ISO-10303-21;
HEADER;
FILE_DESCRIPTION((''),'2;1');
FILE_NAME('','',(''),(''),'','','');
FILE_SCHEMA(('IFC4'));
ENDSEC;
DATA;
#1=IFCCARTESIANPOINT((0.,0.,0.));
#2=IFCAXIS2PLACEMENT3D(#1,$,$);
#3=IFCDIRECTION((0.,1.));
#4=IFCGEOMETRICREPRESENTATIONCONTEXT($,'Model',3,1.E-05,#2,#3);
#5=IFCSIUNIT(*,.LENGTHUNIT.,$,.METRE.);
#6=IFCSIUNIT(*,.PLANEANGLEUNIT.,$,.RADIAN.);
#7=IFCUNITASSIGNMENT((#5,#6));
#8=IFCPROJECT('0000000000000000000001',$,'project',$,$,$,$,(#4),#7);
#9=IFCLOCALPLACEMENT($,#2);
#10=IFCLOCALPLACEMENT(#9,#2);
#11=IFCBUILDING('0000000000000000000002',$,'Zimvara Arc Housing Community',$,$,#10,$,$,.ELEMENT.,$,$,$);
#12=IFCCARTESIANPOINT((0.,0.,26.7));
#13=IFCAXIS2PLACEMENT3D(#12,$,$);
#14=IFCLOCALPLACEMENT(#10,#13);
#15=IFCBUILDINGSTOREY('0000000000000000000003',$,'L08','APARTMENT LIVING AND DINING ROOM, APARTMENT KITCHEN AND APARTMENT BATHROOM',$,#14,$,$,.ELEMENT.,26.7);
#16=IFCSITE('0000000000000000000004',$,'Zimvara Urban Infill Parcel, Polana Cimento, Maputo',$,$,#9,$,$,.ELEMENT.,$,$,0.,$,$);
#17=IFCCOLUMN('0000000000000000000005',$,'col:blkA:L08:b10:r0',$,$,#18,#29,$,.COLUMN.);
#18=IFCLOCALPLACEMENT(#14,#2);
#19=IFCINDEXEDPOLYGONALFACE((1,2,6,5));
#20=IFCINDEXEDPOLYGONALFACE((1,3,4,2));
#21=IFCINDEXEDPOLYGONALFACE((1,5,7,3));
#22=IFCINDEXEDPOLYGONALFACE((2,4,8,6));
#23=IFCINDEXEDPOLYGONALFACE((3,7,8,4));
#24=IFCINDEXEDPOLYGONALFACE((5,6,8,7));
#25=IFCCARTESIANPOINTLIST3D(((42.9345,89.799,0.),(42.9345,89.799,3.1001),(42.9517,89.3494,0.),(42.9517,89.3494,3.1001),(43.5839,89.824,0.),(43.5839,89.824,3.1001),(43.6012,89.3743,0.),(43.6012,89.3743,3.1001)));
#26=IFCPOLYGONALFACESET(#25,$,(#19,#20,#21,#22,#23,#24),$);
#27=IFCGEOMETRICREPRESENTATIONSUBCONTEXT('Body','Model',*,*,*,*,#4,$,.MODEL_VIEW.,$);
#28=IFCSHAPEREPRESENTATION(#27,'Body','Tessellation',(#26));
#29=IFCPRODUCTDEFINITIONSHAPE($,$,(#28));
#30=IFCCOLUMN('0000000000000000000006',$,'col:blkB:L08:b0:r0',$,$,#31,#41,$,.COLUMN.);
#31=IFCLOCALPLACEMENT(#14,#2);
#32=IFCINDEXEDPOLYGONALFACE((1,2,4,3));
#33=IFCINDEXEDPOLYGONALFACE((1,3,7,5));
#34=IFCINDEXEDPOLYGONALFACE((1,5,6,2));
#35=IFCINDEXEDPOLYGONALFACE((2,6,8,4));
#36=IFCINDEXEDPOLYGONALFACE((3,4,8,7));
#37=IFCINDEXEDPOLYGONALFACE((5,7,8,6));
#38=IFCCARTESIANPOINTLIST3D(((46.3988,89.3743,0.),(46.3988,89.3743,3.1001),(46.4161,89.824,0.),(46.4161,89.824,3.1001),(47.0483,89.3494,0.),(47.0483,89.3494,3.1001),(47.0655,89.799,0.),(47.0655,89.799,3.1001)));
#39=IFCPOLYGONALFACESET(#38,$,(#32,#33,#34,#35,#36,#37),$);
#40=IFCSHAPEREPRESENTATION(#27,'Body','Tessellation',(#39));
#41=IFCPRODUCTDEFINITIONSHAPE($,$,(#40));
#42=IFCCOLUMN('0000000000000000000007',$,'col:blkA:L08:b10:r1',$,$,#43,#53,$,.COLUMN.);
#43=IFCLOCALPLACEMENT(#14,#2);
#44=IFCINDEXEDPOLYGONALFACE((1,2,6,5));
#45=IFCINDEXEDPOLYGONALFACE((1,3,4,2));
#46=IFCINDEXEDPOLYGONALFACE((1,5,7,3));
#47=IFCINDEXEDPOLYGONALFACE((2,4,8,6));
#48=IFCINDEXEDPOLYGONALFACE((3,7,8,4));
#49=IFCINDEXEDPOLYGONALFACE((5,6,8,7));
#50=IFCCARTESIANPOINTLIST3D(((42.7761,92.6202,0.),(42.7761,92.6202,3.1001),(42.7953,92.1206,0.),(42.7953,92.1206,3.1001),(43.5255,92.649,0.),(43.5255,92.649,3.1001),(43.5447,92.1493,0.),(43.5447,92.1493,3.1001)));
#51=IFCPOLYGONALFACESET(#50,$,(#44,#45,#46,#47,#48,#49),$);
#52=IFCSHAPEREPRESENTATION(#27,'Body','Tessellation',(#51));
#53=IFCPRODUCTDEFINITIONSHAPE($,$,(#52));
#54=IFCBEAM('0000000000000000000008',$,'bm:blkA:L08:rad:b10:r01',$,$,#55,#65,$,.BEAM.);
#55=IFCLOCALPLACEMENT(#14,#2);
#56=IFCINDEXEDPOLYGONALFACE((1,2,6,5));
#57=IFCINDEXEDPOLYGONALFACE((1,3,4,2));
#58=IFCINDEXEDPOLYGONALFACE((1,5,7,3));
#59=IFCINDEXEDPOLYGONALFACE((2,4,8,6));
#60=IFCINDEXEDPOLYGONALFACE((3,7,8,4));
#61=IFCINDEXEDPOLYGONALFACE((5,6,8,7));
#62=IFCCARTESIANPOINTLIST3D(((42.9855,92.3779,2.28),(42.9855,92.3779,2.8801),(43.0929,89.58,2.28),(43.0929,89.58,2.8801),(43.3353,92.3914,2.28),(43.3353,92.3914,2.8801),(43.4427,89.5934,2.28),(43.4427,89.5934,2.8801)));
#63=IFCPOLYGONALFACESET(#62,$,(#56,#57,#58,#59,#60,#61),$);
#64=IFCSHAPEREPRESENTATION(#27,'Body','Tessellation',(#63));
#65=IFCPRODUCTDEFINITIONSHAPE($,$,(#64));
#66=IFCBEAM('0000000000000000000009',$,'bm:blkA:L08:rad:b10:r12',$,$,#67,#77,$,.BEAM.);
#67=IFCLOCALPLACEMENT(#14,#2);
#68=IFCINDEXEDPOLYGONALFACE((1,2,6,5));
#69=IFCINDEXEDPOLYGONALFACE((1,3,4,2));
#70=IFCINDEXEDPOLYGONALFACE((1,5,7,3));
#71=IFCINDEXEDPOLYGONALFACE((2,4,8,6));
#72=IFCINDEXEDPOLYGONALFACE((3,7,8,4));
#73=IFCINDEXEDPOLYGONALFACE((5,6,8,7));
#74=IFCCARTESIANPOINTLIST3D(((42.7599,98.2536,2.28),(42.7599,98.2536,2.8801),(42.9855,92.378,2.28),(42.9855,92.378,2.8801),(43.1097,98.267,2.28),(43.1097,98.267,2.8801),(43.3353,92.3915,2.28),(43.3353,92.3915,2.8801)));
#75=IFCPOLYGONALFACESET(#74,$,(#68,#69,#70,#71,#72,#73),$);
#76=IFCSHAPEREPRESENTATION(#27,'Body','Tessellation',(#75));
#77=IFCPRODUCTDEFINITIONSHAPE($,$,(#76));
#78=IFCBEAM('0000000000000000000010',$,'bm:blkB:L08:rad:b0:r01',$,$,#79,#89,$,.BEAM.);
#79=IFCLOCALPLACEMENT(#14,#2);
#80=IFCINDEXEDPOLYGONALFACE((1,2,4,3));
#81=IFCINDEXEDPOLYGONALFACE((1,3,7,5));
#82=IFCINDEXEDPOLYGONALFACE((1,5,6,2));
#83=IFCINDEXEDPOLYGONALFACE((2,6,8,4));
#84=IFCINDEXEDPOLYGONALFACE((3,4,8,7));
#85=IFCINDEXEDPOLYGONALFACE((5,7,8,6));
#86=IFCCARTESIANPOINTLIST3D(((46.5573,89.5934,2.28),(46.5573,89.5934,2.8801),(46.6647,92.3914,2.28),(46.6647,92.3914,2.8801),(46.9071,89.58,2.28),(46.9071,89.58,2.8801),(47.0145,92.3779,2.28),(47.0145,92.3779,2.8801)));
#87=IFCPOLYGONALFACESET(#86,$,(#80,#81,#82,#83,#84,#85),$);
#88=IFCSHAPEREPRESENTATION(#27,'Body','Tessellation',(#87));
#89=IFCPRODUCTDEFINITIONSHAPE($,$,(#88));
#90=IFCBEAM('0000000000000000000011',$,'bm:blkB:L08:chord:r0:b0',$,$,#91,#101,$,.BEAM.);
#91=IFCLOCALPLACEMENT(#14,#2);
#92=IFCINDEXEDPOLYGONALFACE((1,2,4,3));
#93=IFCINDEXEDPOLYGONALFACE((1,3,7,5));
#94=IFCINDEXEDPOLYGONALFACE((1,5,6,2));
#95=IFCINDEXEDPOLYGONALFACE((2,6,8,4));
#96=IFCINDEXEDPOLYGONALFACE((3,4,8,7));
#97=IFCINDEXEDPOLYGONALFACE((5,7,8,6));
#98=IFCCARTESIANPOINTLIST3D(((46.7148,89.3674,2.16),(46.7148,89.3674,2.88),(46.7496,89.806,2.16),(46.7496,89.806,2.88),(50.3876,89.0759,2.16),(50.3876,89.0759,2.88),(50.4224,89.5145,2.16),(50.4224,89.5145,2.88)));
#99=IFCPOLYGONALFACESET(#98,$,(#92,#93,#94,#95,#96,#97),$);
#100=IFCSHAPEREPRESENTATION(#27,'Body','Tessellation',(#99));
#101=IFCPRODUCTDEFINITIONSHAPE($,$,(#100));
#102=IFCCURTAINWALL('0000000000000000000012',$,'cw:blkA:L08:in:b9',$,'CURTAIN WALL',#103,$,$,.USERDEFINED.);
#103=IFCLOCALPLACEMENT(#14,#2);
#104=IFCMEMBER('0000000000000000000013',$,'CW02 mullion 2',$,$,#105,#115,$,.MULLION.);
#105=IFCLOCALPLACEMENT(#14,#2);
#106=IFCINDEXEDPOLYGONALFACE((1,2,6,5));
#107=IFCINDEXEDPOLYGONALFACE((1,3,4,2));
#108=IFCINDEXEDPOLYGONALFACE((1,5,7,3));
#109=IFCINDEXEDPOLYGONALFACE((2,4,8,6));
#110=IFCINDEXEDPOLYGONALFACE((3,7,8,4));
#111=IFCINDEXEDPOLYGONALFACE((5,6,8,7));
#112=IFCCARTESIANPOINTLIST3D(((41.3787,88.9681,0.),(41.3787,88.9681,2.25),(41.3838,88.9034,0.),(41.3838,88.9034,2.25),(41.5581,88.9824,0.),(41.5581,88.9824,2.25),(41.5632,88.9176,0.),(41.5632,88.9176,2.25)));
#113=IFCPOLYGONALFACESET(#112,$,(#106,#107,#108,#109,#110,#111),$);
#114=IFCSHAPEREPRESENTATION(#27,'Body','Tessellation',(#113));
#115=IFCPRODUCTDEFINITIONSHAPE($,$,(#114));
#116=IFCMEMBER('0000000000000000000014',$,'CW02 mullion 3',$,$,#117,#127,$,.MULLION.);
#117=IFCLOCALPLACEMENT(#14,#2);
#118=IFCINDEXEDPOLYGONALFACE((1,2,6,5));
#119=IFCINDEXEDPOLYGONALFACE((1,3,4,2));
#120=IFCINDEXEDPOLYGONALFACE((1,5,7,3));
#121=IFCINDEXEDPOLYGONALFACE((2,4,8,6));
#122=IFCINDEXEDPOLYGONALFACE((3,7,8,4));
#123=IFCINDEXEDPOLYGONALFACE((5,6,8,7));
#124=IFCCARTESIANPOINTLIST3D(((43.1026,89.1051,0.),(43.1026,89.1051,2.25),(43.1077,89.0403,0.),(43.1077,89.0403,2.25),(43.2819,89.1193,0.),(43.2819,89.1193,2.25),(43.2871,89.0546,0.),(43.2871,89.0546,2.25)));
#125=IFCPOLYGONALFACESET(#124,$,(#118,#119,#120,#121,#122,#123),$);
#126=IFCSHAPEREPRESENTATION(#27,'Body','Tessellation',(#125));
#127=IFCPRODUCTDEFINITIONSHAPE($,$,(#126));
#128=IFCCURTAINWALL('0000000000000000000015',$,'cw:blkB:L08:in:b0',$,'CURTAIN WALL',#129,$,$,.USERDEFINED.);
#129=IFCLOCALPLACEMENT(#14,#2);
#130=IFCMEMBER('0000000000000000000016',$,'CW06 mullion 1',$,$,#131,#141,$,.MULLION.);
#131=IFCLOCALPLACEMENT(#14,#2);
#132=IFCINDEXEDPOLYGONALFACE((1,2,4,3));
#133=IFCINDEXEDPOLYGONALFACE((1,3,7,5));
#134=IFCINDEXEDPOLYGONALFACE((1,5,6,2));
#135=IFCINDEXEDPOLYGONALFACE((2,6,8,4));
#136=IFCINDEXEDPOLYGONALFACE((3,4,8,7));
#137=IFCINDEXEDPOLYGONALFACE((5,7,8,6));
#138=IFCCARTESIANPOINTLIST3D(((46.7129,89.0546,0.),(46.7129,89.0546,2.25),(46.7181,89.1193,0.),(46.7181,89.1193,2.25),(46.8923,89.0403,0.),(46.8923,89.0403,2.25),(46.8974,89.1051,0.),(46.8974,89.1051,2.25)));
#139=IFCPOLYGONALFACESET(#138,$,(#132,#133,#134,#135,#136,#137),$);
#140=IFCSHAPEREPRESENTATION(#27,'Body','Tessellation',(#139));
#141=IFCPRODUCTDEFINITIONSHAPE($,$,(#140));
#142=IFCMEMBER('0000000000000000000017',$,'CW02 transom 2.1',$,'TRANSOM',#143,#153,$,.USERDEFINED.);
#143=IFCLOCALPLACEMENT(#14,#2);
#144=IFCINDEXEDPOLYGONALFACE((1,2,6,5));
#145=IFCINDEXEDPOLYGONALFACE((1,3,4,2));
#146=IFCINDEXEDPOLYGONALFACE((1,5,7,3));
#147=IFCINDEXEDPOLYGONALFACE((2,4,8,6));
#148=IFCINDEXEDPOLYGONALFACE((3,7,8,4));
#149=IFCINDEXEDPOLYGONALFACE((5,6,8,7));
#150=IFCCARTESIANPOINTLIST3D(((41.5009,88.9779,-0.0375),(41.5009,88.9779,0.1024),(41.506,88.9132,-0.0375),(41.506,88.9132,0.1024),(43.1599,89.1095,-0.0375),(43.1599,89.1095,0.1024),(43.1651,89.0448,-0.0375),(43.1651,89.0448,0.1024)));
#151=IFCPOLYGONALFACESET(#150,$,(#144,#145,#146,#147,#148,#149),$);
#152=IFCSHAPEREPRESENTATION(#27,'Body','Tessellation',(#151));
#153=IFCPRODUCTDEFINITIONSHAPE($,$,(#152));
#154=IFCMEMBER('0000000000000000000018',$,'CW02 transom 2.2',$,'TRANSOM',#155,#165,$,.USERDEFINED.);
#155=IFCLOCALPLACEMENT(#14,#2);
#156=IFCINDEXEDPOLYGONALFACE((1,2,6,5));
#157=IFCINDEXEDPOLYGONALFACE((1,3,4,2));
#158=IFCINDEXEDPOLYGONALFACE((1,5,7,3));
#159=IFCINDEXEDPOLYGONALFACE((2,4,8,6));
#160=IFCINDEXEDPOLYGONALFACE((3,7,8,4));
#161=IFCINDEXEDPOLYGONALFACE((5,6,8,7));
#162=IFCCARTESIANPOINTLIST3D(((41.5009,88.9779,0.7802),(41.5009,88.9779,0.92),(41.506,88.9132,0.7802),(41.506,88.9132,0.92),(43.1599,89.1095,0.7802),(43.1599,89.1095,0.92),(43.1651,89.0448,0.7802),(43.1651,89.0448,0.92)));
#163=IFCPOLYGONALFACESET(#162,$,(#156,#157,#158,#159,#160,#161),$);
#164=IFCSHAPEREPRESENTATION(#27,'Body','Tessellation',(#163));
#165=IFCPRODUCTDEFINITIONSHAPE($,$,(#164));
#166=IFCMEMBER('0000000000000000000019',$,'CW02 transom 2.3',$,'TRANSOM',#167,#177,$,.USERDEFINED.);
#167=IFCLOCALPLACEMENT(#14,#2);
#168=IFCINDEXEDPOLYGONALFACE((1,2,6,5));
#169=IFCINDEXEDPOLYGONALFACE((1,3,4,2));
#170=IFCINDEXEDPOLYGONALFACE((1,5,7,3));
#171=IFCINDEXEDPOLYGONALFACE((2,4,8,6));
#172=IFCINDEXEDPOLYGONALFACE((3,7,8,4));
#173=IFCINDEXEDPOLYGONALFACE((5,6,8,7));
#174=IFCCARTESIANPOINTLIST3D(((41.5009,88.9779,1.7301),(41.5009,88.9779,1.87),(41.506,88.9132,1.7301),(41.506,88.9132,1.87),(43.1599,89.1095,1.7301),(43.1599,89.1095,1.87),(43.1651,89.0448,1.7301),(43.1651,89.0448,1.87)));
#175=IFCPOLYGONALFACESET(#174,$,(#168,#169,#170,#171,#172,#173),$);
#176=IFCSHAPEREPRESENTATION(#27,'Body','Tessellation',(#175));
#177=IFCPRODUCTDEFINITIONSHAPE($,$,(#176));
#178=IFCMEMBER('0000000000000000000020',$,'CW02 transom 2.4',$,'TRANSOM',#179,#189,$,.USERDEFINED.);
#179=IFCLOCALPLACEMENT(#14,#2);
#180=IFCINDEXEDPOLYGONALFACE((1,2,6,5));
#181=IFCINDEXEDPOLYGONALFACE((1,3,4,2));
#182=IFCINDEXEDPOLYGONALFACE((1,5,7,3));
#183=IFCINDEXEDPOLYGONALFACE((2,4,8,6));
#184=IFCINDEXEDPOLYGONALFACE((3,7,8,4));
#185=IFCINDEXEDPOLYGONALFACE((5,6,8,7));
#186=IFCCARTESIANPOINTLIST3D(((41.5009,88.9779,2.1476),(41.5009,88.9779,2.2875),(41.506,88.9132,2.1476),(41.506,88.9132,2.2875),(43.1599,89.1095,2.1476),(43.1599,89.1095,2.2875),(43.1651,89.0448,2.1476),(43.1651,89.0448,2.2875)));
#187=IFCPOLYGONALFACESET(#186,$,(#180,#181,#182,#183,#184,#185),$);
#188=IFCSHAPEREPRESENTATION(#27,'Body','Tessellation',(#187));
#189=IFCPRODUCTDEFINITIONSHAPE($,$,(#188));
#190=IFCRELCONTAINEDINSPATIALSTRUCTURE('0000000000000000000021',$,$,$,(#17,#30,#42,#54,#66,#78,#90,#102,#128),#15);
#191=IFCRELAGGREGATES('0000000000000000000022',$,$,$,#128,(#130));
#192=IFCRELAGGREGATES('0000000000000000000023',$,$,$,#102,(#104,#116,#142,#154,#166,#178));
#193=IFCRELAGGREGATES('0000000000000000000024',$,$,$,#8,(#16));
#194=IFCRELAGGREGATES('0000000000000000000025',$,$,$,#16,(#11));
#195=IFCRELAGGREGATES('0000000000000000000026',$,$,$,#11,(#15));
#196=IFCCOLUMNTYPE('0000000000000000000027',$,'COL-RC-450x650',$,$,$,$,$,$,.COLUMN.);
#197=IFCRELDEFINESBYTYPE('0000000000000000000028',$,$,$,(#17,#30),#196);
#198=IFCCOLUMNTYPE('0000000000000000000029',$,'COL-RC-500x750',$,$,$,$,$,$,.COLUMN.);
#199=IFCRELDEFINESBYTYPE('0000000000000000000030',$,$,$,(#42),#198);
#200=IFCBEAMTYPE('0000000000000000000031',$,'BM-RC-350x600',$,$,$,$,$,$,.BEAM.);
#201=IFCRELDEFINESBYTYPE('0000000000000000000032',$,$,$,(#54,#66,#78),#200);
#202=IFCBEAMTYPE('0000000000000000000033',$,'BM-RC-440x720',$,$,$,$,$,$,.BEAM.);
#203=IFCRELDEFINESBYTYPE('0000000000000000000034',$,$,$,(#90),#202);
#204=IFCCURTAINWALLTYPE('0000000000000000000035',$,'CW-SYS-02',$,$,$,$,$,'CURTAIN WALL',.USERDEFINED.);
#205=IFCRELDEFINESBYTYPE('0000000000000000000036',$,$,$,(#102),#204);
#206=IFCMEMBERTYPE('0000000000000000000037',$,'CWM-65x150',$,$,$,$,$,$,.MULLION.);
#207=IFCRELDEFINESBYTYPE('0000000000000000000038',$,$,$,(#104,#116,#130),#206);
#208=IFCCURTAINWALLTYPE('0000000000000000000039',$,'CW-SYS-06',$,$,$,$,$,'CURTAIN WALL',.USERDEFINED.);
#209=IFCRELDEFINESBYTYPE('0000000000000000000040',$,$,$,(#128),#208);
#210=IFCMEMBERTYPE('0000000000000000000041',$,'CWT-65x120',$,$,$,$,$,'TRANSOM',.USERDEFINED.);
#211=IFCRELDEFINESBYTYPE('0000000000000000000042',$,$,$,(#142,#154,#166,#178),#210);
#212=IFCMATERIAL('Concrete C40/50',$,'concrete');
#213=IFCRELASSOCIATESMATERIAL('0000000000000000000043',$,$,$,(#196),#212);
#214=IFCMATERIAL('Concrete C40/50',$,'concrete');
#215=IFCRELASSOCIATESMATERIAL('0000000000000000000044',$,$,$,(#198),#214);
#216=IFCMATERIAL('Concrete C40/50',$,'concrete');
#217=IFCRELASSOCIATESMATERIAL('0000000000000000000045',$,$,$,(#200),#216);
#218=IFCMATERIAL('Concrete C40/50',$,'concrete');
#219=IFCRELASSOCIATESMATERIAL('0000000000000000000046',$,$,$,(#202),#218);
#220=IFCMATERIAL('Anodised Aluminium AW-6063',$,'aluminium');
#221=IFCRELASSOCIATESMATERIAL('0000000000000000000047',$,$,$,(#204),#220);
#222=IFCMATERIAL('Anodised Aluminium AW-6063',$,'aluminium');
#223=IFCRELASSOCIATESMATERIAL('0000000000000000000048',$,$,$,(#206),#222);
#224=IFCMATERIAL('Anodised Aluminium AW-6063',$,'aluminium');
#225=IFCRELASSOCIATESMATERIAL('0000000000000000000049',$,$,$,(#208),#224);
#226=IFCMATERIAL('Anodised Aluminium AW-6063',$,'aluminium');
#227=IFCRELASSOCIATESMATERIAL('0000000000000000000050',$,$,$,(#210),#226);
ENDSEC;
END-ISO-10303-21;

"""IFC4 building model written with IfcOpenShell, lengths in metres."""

from ifc_helpers import new_model, si_unit, direction, frame, origin, origin_2d, place, context, subcontext, project, spatial, rectangle, extrude, material, material_profile, profile_set, type_object, element, aggregate, save


model = new_model("IFC4")

# Units and contexts
model_context = context("Model", 3, precision=1e-05, world=origin(), true_north=direction((0.0, 1.0)))
body_context = subcontext(model_context, "Body", "Model", "MODEL_VIEW")
ifc_project = project(units=[si_unit("LENGTHUNIT", "METRE"), si_unit("PLANEANGLEUNIT", "RADIAN")], contexts=[model_context])

# Site, building, storey
site_placement = place(None, origin())
site = spatial("IfcSite", under=ifc_project, at=site_placement, Name="Zimvara Urban Infill Parcel, Polana Cimento, Maputo", CompositionType="ELEMENT", RefElevation=0.0)
building_placement = place(site_placement, origin())
building = spatial("IfcBuilding", under=site, at=building_placement, Name="Zimvara Arc Housing Community", CompositionType="ELEMENT")
storey_placement = place(building_placement, frame((0.0, 0.0, 26.7)))
storey = spatial("IfcBuildingStorey", under=building, at=storey_placement, Name="L08", Description="APARTMENT LIVING AND DINING ROOM, APARTMENT KITCHEN AND APARTMENT BATHROOM", CompositionType="ELEMENT", Elevation=26.7)

# Columns
ifc_material_1 = material(Name="Concrete C40/50", Category="concrete")
ifc_material_profile_1 = material_profile(ifc_material_1, rectangle(XDim=0.45, YDim=0.6499, at=origin_2d()), Name="RC 450x650")
ifc_profile_set_1 = profile_set([ifc_material_profile_1], Name="Concrete C40/50")
column_type_1 = type_object("IfcColumnType", Name="COL-RC-450x650", PredefinedType="COLUMN", material=ifc_profile_set_1)
for number, where, z_axis, x_axis, name in (
    (1, (43.2678, 89.5867, 0.0), (0.0, 0.0, 1.0), (-0.038388, 0.999263, 0.0), "col:blkA:L08:b10:r0"),
    (2, (46.7322, 89.5867, 0.0), (0.0, 0.0, 1.0), (0.038388, 0.999263, 0.0), "col:blkB:L08:b0:r0"),
):
    element("IfcColumn", number, at=place(storey_placement, frame(where, z_axis=z_axis, x_axis=x_axis)), inside=storey, type_object=column_type_1, Name=name, PredefinedType="COLUMN", context=body_context, shape_type="SweptSolid", body=[
        extrude(rectangle(XDim=0.45, YDim=0.6499, at=origin_2d()), origin(), (0.0, 0.0, 1.0), 3.1001),
    ])
ifc_material_2 = material(Name="Concrete C40/50", Category="concrete")
ifc_material_profile_2 = material_profile(ifc_material_2, rectangle(XDim=0.5, YDim=0.75, at=origin_2d()), Name="RC 500x750")
ifc_profile_set_2 = profile_set([ifc_material_profile_2], Name="Concrete C40/50")
column_type_2 = type_object("IfcColumnType", Name="COL-RC-500x750", PredefinedType="COLUMN", material=ifc_profile_set_2)
column_placement = place(storey_placement, frame((43.1604, 92.3848, 0.0), z_axis=(0.0, 0.0, 1.0), x_axis=(-0.038388, 0.999263, 0.0)))
element("IfcColumn", 3, at=column_placement, inside=storey, type_object=column_type_2, Name="col:blkA:L08:b10:r1", PredefinedType="COLUMN", context=body_context, shape_type="SweptSolid", body=[
    extrude(rectangle(XDim=0.5, YDim=0.75, at=origin_2d()), origin(), (0.0, 0.0, 1.0), 3.1001),
])

# Beams
ifc_material_3 = material(Name="Concrete C40/50", Category="concrete")
ifc_material_profile_3 = material_profile(ifc_material_3, rectangle(XDim=0.3501, YDim=0.6001, at=origin_2d()), Name="RC 350x600")
ifc_profile_set_3 = profile_set([ifc_material_profile_3], Name="Concrete C40/50")
beam_type_1 = type_object("IfcBeamType", Name="BM-RC-350x600", PredefinedType="BEAM", material=ifc_profile_set_3)
beam_1_placement = place(storey_placement, frame((43.2678, 89.5867, 2.5801), z_axis=(-0.038363, 0.999264, 0.0), x_axis=(-0.999264, -0.038363, 0.0)))
element("IfcBeam", 4, at=beam_1_placement, inside=storey, type_object=beam_type_1, Name="bm:blkA:L08:rad:b10:r01", PredefinedType="BEAM", context=body_context, shape_type="SweptSolid", body=[
    extrude(rectangle(XDim=0.3501, YDim=0.6001, at=origin_2d()), origin(), (0.0, 0.0, 1.0), 2.8),
])
beam_2_placement = place(storey_placement, frame((43.1604, 92.3848, 2.5801), z_axis=(-0.038366, 0.999264, 0.0), x_axis=(-0.999264, -0.038366, 0.0)))
element("IfcBeam", 5, at=beam_2_placement, inside=storey, type_object=beam_type_1, Name="bm:blkA:L08:rad:b10:r12", PredefinedType="BEAM", context=body_context, shape_type="SweptSolid", body=[
    extrude(rectangle(XDim=0.3501, YDim=0.6001, at=origin_2d()), origin(), (0.0, 0.0, 1.0), 5.8799),
])
beam_3_placement = place(storey_placement, frame((46.7322, 89.5867, 2.5801), z_axis=(0.038363, 0.999264, 0.0), x_axis=(-0.999264, 0.038363, 0.0)))
element("IfcBeam", 6, at=beam_3_placement, inside=storey, type_object=beam_type_1, Name="bm:blkB:L08:rad:b0:r01", PredefinedType="BEAM", context=body_context, shape_type="SweptSolid", body=[
    extrude(rectangle(XDim=0.3501, YDim=0.6001, at=origin_2d()), origin(), (0.0, 0.0, 1.0), 2.8),
])
ifc_material_4 = material(Name="Concrete C40/50", Category="concrete")
ifc_material_profile_4 = material_profile(ifc_material_4, rectangle(XDim=0.4399, YDim=0.72, at=origin_2d()), Name="RC 440x720")
ifc_profile_set_4 = profile_set([ifc_material_profile_4], Name="Concrete C40/50")
beam_type_2 = type_object("IfcBeamType", Name="BM-RC-440x720", PredefinedType="BEAM", material=ifc_profile_set_4)
beam_4_placement = place(storey_placement, frame((46.7322, 89.5867, 2.52), z_axis=(0.996865, -0.079118, 0.0), x_axis=(0.079118, 0.996865, 0.0)))
element("IfcBeam", 7, at=beam_4_placement, inside=storey, type_object=beam_type_2, Name="bm:blkB:L08:chord:r0:b0", PredefinedType="BEAM", context=body_context, shape_type="SweptSolid", body=[
    extrude(rectangle(XDim=0.4399, YDim=0.72, at=origin_2d()), origin(), (0.0, 0.0, 1.0), 3.6843),
])

# Curtain wall, members
ifc_material_5 = material(Name="Anodised Aluminium AW-6063", Category="aluminium")
curtain_wall_type_1 = type_object("IfcCurtainWallType", Name="CW-SYS-02", ElementType="CURTAIN WALL", PredefinedType="USERDEFINED", material=ifc_material_5)
curtain_wall_1_placement = place(storey_placement, origin())
curtain_wall_1 = element("IfcCurtainWall", 8, at=curtain_wall_1_placement, inside=storey, type_object=curtain_wall_type_1, Name="cw:blkA:L08:in:b9", ObjectType="CURTAIN WALL", PredefinedType="USERDEFINED")
ifc_material_6 = material(Name="Anodised Aluminium AW-6063", Category="aluminium")
ifc_material_profile_5 = material_profile(ifc_material_6, rectangle(XDim=0.0649, YDim=0.1799, at=origin_2d()), Name="ALU 65x180")
ifc_profile_set_5 = profile_set([ifc_material_profile_5], Name="Anodised Aluminium AW-6063")
member_type_1 = type_object("IfcMemberType", Name="CWM-65x150", PredefinedType="MULLION", material=ifc_profile_set_5)
member_1_placement = place(storey_placement, frame((41.4709, 88.9429, 0.0), z_axis=(0.0, 0.0, 1.0), x_axis=(-0.079155, 0.996862, 0.0)))
member_1 = element("IfcMember", 9, at=member_1_placement, type_object=member_type_1, Name="CW02 mullion 2", PredefinedType="MULLION", context=body_context, shape_type="SweptSolid", body=[
    extrude(rectangle(XDim=0.0649, YDim=0.1799, at=origin_2d()), origin(), (0.0, 0.0, 1.0), 2.25),
])
member_2_placement = place(storey_placement, frame((43.1948, 89.0798, 0.0), z_axis=(0.0, 0.0, 1.0), x_axis=(-0.079155, 0.996862, 0.0)))
member_2 = element("IfcMember", 10, at=member_2_placement, type_object=member_type_1, Name="CW02 mullion 3", PredefinedType="MULLION", context=body_context, shape_type="SweptSolid", body=[
    extrude(rectangle(XDim=0.0649, YDim=0.1799, at=origin_2d()), origin(), (0.0, 0.0, 1.0), 2.25),
])

# Curtain wall, member
ifc_material_7 = material(Name="Anodised Aluminium AW-6063", Category="aluminium")
curtain_wall_type_2 = type_object("IfcCurtainWallType", Name="CW-SYS-06", ElementType="CURTAIN WALL", PredefinedType="USERDEFINED", material=ifc_material_7)
curtain_wall_2_placement = place(storey_placement, origin())
curtain_wall_2 = element("IfcCurtainWall", 11, at=curtain_wall_2_placement, inside=storey, type_object=curtain_wall_type_2, Name="cw:blkB:L08:in:b0", ObjectType="CURTAIN WALL", PredefinedType="USERDEFINED")
member_3_placement = place(storey_placement, frame((46.8052, 89.0798, 0.0), z_axis=(0.0, 0.0, 1.0), x_axis=(0.079155, 0.996862, 0.0)))
member_3 = element("IfcMember", 12, at=member_3_placement, type_object=member_type_1, Name="CW06 mullion 1", PredefinedType="MULLION", context=body_context, shape_type="SweptSolid", body=[
    extrude(rectangle(XDim=0.0649, YDim=0.1799, at=origin_2d()), origin(), (0.0, 0.0, 1.0), 2.25),
])

# Members
ifc_material_8 = material(Name="Anodised Aluminium AW-6063", Category="aluminium")
ifc_material_profile_6 = material_profile(ifc_material_8, rectangle(XDim=0.0649, YDim=0.1399, at=origin_2d()), Name="ALU 65x140")
ifc_profile_set_6 = profile_set([ifc_material_profile_6], Name="Anodised Aluminium AW-6063")
member_type_2 = type_object("IfcMemberType", Name="CWT-65x120", ElementType="TRANSOM", PredefinedType="USERDEFINED", material=ifc_profile_set_6)
member_4_placement = place(storey_placement, frame((41.5034, 88.9456, 0.0325), z_axis=(0.99687, 0.079063, 0.0), x_axis=(-0.079063, 0.99687, 0.0)))
member_4 = element("IfcMember", 13, at=member_4_placement, type_object=member_type_2, Name="CW02 transom 2.1", ObjectType="TRANSOM", PredefinedType="USERDEFINED", context=body_context, shape_type="SweptSolid", body=[
    extrude(rectangle(XDim=0.0649, YDim=0.1399, at=origin_2d()), origin(), (0.0, 0.0, 1.0), 1.6643),
])
member_5_placement = place(storey_placement, frame((41.5034, 88.9456, 0.8501), z_axis=(0.99687, 0.079063, 0.0), x_axis=(-0.079063, 0.99687, 0.0)))
member_5 = element("IfcMember", 14, at=member_5_placement, type_object=member_type_2, Name="CW02 transom 2.2", ObjectType="TRANSOM", PredefinedType="USERDEFINED", context=body_context, shape_type="SweptSolid", body=[
    extrude(rectangle(XDim=0.0649, YDim=0.1399, at=origin_2d()), origin(), (0.0, 0.0, 1.0), 1.6643),
])
member_6_placement = place(storey_placement, frame((41.5034, 88.9456, 1.8), z_axis=(0.99687, 0.079063, 0.0), x_axis=(-0.079063, 0.99687, 0.0)))
member_6 = element("IfcMember", 15, at=member_6_placement, type_object=member_type_2, Name="CW02 transom 2.3", ObjectType="TRANSOM", PredefinedType="USERDEFINED", context=body_context, shape_type="SweptSolid", body=[
    extrude(rectangle(XDim=0.0649, YDim=0.1399, at=origin_2d()), origin(), (0.0, 0.0, 1.0), 1.6643),
])
member_7_placement = place(storey_placement, frame((41.5034, 88.9456, 2.2175), z_axis=(0.99687, 0.079063, 0.0), x_axis=(-0.079063, 0.99687, 0.0)))
member_7 = element("IfcMember", 16, at=member_7_placement, type_object=member_type_2, Name="CW02 transom 2.4", ObjectType="TRANSOM", PredefinedType="USERDEFINED", context=body_context, shape_type="SweptSolid", body=[
    extrude(rectangle(XDim=0.0649, YDim=0.1399, at=origin_2d()), origin(), (0.0, 0.0, 1.0), 1.6643),
])
aggregate(curtain_wall_2, [member_3])

aggregate(curtain_wall_1, [member_1, member_2, member_4, member_5, member_6, member_7])

save(model, "model.ifc")
